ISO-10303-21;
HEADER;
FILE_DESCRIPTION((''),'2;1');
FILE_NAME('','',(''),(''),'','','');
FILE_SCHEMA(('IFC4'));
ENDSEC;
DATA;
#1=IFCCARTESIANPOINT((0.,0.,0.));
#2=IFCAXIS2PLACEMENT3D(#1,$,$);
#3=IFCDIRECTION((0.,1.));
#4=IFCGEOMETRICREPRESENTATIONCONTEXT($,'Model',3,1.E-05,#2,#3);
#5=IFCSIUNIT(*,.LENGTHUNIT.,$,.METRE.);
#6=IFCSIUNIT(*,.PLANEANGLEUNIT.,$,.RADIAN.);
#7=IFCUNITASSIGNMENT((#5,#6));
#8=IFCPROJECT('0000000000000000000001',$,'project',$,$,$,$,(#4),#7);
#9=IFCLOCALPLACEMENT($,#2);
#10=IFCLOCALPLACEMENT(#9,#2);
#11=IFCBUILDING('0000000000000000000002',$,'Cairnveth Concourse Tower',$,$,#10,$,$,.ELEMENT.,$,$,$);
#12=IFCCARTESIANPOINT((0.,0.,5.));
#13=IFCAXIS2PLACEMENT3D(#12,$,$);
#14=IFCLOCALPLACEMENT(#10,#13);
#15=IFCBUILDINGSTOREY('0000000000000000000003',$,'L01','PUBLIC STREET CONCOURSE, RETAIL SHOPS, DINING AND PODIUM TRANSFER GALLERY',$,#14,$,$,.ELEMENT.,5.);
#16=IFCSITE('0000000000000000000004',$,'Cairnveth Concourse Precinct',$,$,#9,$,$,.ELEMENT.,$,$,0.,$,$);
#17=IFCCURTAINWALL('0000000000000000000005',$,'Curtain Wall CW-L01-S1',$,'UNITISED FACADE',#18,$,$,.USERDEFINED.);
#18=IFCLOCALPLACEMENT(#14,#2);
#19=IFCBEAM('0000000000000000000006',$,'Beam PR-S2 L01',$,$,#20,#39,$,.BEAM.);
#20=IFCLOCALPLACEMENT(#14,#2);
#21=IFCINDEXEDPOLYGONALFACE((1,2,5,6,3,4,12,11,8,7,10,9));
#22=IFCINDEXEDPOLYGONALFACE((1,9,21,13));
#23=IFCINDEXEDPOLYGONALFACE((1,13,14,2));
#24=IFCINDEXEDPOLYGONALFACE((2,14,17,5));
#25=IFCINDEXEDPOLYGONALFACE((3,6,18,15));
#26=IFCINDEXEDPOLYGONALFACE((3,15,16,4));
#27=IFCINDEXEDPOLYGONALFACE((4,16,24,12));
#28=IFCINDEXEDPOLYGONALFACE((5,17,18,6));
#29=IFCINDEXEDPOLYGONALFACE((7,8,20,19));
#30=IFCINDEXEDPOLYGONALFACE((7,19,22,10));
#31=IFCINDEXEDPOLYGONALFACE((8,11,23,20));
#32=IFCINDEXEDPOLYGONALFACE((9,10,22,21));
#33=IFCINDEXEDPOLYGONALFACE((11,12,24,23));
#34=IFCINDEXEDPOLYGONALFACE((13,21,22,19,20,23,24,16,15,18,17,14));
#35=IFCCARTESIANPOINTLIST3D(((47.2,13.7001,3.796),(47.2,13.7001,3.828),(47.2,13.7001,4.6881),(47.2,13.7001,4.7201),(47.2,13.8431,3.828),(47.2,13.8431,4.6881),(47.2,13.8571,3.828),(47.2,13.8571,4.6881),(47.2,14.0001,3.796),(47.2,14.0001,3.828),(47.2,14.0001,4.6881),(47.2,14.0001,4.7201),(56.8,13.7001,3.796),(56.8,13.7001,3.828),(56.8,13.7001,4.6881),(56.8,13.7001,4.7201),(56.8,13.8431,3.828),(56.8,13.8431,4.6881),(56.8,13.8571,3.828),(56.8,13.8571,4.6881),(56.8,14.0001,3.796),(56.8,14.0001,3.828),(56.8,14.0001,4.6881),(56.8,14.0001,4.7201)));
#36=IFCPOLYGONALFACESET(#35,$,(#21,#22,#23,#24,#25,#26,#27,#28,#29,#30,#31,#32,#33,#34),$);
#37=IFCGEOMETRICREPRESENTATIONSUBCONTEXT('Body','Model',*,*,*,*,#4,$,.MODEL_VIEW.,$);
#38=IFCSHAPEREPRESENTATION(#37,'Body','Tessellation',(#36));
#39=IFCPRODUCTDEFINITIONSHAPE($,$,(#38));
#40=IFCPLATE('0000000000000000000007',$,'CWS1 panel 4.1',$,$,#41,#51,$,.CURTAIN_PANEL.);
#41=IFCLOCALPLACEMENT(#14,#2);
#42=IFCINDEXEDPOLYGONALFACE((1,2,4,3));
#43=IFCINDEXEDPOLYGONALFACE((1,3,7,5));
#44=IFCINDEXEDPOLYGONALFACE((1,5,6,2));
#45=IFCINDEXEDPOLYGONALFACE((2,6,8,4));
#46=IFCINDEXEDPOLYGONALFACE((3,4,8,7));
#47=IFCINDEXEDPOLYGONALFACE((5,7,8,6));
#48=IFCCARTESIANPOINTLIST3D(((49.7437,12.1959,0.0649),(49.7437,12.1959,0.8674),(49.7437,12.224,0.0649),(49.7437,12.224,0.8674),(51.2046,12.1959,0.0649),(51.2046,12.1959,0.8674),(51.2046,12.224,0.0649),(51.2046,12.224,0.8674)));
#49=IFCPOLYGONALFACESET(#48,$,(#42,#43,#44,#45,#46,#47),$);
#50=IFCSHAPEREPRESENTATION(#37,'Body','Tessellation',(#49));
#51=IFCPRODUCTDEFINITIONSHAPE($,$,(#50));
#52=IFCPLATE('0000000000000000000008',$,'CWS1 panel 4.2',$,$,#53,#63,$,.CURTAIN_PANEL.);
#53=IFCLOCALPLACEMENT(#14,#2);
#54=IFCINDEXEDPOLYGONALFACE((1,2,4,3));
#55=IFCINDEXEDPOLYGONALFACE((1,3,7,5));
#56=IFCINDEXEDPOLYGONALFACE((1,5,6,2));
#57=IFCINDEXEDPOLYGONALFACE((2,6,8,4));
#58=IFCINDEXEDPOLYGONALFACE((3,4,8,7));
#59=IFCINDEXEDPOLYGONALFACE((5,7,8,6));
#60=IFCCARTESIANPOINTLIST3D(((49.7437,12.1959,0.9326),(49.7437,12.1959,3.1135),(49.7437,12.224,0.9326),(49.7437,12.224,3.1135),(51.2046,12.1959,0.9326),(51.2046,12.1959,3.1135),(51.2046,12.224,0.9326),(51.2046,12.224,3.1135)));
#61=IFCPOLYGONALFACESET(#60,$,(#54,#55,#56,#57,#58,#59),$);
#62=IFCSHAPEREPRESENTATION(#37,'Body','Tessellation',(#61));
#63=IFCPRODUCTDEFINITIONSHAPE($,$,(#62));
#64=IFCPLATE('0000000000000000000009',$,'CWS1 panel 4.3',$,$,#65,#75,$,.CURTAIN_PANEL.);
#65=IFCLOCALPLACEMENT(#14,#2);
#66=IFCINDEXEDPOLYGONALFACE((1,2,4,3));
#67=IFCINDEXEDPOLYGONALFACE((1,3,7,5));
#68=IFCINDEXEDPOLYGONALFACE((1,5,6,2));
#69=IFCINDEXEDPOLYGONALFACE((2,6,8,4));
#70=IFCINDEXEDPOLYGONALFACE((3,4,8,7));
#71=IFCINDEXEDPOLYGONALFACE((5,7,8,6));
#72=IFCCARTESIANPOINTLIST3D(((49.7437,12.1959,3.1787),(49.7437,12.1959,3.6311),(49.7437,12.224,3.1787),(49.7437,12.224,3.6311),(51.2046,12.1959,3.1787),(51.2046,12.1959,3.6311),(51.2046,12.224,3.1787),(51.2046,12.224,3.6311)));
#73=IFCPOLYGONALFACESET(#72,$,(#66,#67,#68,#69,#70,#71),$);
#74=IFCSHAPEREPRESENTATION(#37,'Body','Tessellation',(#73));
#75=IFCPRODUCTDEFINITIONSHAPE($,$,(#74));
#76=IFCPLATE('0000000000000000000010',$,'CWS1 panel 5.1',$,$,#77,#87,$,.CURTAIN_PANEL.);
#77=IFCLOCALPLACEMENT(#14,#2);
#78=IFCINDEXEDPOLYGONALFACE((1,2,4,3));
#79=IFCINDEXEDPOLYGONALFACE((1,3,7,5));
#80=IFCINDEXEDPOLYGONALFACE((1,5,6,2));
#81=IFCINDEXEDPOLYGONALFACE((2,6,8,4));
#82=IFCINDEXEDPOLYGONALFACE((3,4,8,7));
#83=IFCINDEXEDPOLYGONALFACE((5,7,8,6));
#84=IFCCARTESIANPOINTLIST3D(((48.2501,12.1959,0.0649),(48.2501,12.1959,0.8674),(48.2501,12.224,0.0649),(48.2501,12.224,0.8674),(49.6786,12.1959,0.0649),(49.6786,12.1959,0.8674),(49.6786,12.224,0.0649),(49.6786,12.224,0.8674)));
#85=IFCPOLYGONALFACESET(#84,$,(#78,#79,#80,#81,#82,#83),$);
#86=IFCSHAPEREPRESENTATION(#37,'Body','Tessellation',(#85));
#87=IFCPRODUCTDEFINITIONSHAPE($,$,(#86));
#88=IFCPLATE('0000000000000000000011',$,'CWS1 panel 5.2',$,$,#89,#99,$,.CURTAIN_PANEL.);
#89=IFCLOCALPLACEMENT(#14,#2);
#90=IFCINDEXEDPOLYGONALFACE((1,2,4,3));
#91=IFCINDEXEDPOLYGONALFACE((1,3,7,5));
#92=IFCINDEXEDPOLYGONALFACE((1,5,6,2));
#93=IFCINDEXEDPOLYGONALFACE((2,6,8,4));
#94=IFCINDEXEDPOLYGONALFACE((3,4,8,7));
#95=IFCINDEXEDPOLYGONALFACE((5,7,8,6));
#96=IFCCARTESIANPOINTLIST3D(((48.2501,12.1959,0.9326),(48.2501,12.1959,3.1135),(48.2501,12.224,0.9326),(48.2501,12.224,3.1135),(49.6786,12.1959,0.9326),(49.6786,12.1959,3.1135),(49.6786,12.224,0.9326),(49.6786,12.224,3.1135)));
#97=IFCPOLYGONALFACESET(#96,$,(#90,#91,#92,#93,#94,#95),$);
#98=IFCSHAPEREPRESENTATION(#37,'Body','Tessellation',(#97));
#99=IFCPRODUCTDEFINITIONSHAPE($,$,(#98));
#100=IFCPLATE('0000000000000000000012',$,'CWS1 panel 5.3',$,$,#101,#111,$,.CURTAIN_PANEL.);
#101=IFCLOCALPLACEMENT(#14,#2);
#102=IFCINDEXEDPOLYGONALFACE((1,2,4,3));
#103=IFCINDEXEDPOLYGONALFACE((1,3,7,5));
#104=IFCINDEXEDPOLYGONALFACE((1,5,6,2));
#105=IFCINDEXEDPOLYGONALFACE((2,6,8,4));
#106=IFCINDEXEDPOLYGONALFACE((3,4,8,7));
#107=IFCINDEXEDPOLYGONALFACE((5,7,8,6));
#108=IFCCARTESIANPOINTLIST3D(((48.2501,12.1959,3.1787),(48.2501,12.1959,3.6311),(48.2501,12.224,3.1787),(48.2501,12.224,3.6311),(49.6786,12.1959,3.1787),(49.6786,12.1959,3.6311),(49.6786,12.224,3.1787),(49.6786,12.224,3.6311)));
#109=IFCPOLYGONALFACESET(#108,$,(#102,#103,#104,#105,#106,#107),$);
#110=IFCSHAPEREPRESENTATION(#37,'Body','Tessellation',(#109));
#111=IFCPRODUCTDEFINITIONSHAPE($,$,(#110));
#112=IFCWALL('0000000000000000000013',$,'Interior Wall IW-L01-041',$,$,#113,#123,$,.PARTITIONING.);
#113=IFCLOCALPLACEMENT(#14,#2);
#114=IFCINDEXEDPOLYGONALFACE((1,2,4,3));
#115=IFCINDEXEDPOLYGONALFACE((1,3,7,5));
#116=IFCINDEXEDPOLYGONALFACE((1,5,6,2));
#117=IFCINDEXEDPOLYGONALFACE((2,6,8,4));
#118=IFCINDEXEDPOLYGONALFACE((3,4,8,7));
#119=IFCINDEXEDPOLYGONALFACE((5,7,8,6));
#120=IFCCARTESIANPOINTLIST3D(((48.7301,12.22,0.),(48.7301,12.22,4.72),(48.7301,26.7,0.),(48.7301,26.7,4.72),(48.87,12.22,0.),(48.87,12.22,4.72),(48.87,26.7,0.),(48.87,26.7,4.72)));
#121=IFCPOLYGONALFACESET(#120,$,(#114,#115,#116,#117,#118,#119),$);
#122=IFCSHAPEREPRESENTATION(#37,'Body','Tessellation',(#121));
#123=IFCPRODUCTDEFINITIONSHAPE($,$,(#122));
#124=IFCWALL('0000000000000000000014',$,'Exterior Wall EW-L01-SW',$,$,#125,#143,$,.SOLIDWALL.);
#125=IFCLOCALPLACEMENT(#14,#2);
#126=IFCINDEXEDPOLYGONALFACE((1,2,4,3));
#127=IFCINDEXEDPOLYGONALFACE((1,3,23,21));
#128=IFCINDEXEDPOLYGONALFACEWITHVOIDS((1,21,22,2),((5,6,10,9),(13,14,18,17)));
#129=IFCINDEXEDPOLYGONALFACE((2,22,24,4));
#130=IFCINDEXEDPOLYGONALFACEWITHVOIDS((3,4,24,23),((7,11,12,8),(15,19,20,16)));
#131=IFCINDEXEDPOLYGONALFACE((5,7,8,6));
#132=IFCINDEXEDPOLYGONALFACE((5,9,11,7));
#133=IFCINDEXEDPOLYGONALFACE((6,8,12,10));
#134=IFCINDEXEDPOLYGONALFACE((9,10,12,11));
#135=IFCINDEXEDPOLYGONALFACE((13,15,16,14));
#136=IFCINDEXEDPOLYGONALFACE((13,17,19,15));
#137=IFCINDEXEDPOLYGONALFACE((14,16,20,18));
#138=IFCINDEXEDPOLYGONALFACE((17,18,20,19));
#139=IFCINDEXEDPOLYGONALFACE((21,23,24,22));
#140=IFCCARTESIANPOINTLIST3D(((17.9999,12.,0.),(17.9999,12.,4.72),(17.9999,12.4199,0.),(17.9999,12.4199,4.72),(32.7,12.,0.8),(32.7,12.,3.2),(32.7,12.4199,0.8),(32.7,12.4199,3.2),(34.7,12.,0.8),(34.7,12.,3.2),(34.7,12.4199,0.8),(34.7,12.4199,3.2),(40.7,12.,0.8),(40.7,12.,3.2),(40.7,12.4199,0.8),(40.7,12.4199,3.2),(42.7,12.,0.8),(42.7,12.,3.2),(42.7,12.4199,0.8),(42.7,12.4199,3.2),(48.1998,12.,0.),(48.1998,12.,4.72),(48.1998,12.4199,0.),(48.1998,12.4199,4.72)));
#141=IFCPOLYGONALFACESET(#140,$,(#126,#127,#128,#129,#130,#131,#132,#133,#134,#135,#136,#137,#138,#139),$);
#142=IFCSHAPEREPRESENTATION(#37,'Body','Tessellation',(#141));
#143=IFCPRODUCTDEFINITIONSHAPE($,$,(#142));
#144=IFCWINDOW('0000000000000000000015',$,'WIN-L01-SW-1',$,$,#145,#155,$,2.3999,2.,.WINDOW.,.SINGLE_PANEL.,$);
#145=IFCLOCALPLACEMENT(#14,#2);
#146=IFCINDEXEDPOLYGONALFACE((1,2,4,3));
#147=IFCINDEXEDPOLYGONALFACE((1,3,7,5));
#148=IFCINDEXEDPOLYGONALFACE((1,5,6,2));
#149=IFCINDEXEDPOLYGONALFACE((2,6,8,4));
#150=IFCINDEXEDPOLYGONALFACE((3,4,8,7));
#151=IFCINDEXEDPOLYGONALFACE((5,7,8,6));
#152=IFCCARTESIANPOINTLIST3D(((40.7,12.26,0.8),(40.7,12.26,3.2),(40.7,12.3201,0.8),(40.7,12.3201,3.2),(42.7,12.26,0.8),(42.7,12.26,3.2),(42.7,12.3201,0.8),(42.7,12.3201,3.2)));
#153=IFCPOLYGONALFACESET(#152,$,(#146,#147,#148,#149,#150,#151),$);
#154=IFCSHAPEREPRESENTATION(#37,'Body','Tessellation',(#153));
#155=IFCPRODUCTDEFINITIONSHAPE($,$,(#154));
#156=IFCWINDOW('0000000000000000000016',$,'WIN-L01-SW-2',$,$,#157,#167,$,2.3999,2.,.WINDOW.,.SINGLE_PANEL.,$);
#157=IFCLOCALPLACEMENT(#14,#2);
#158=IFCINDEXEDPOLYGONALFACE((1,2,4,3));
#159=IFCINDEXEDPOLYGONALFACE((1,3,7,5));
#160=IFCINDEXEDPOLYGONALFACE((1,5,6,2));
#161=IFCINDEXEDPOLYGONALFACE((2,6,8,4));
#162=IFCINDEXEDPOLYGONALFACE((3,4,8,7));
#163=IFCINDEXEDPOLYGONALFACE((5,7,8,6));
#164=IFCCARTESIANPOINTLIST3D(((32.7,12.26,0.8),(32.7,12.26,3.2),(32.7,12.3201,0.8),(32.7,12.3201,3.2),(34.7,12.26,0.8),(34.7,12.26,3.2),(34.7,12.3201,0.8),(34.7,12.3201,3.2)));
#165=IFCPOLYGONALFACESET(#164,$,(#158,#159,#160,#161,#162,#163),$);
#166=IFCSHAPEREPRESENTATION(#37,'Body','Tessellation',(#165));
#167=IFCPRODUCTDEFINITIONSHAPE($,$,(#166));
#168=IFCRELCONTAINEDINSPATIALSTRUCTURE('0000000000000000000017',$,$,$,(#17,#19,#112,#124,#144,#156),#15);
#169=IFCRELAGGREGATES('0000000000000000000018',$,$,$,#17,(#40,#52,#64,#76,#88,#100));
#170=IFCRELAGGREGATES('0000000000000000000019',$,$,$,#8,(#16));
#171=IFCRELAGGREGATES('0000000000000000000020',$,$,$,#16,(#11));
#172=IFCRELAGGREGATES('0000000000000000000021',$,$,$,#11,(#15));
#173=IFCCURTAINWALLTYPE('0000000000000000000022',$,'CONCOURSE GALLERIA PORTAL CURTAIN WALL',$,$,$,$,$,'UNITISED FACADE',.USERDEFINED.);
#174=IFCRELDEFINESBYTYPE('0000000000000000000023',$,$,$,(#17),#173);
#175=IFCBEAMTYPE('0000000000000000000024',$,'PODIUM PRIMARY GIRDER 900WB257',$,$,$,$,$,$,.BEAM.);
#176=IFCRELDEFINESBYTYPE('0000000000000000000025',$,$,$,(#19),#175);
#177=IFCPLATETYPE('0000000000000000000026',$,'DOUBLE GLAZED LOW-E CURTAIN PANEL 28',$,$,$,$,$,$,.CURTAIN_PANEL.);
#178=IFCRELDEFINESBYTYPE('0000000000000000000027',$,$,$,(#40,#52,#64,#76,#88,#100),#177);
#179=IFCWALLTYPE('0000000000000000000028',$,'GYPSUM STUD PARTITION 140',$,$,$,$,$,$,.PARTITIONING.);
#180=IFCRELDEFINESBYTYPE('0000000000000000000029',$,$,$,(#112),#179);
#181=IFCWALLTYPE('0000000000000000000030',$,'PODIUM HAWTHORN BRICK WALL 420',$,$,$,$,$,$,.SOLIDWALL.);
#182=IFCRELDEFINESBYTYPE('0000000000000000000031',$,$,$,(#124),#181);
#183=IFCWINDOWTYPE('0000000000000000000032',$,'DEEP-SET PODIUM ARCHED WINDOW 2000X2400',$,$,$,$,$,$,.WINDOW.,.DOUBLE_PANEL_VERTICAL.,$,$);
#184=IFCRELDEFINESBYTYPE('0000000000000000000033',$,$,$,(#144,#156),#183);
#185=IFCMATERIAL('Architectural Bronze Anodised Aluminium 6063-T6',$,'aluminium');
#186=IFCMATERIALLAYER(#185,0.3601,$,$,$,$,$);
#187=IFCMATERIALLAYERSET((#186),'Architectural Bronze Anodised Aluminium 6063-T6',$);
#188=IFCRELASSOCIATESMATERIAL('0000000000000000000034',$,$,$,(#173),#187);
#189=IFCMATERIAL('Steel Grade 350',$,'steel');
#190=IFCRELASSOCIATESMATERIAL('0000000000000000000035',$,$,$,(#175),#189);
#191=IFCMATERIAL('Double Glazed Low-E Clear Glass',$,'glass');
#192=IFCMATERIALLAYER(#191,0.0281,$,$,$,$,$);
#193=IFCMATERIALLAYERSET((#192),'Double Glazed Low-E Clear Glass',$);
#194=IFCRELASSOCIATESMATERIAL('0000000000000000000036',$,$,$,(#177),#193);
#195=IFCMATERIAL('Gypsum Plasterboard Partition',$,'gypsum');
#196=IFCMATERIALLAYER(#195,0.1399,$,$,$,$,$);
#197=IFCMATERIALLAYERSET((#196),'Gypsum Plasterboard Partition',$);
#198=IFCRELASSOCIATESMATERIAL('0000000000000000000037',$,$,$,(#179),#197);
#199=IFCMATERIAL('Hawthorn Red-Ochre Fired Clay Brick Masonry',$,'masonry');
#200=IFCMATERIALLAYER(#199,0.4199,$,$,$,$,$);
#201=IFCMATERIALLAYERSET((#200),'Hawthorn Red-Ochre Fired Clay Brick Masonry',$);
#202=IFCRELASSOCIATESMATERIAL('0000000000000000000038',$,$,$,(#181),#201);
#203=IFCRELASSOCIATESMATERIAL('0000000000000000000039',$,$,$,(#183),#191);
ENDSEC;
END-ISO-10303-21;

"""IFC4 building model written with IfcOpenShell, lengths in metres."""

from ifc_helpers import new_model, si_unit, direction, frame, frame_2d, origin, origin_2d, place, context, subcontext, project, spatial, rectangle, i_section, extrude, material, layer, layer_set, material_profile, profile_set, type_object, element, fill, aggregate, save


model = new_model("IFC4")

# Units and contexts
model_context = context("Model", 3, precision=1e-05, world=origin(), true_north=direction((0.0, 1.0)))
body_context = subcontext(model_context, "Body", "Model", "MODEL_VIEW")
ifc_project = project(units=[si_unit("LENGTHUNIT", "METRE"), si_unit("PLANEANGLEUNIT", "RADIAN")], contexts=[model_context])

# Site, building, storey
site_placement = place(None, origin())
site = spatial("IfcSite", under=ifc_project, at=site_placement, Name="Cairnveth Concourse Precinct", CompositionType="ELEMENT", RefElevation=0.0)
building_placement = place(site_placement, origin())
building = spatial("IfcBuilding", under=site, at=building_placement, Name="Cairnveth Concourse Tower", CompositionType="ELEMENT")
storey_placement = place(building_placement, frame((0.0, 0.0, 5.0)))
storey = spatial("IfcBuildingStorey", under=building, at=storey_placement, Name="L01", Description="PUBLIC STREET CONCOURSE, RETAIL SHOPS, DINING AND PODIUM TRANSFER GALLERY", CompositionType="ELEMENT", Elevation=5.0)

# Curtain wall
ifc_material_1 = material(Name="Architectural Bronze Anodised Aluminium 6063-T6", Category="aluminium")
ifc_layer_1 = layer(ifc_material_1, 0.3601)
ifc_layer_set_1 = layer_set([ifc_layer_1], Name="Architectural Bronze Anodised Aluminium 6063-T6")
curtain_wall_type = type_object("IfcCurtainWallType", Name="CONCOURSE GALLERIA PORTAL CURTAIN WALL", ElementType="UNITISED FACADE", PredefinedType="USERDEFINED", material=ifc_layer_set_1)
curtain_wall_placement = place(storey_placement, origin())
curtain_wall = element("IfcCurtainWall", 1, at=curtain_wall_placement, inside=storey, type_object=curtain_wall_type, Name="Curtain Wall CW-L01-S1", ObjectType="UNITISED FACADE", PredefinedType="USERDEFINED")

# Beam
ifc_material_2 = material(Name="Steel Grade 350", Category="steel")
ifc_material_profile_1 = material_profile(ifc_material_2, i_section(OverallWidth=0.3, OverallDepth=0.9241, WebThickness=0.0139, FlangeThickness=0.032, at=origin_2d()), Name="900WB257")
ifc_profile_set_1 = profile_set([ifc_material_profile_1], Name="Steel Grade 350")
beam_type_1 = type_object("IfcBeamType", Name="PODIUM PRIMARY GIRDER 900WB257", PredefinedType="BEAM", material=ifc_profile_set_1)
beam_1_placement = place(storey_placement, frame((47.2, 13.8501, 4.2581), z_axis=(1.0, 0.0, 0.0), x_axis=(0.0, 1.0, 0.0)))
element("IfcBeam", 2, at=beam_1_placement, inside=storey, type_object=beam_type_1, Name="Beam PR-S2 L01", PredefinedType="BEAM", context=body_context, shape_type="SweptSolid", body=[
    extrude(i_section(OverallWidth=0.3, OverallDepth=0.9241, WebThickness=0.0139, FlangeThickness=0.032, at=origin_2d()), origin(), (0.0, 0.0, 1.0), 9.6001),
])

# Plates
ifc_material_3 = material(Name="Double Glazed Low-E Clear Glass", Category="glass")
ifc_layer_2 = layer(ifc_material_3, 0.0281)
ifc_layer_set_2 = layer_set([ifc_layer_2], Name="Double Glazed Low-E Clear Glass")
plate_type = type_object("IfcPlateType", Name="DOUBLE GLAZED LOW-E CURTAIN PANEL 28", PredefinedType="CURTAIN_PANEL", material=ifc_layer_set_2)
plate_1_placement = place(storey_placement, frame((50.4741, 12.21, 0.0649), z_axis=(0.0, 0.0, 1.0), x_axis=(-1.0, 0.0, 0.0)))
plate_1 = element("IfcPlate", 3, at=plate_1_placement, type_object=plate_type, Name="CWS1 panel 4.1", PredefinedType="CURTAIN_PANEL", context=body_context, shape_type="SweptSolid", body=[
    extrude(rectangle(XDim=1.4609, YDim=0.0281, at=origin_2d()), origin(), (0.0, 0.0, 1.0), 0.8025),
])
plate_2_placement = place(storey_placement, frame((50.4741, 12.21, 0.9326), z_axis=(0.0, 0.0, 1.0), x_axis=(-1.0, 0.0, 0.0)))
plate_2 = element("IfcPlate", 4, at=plate_2_placement, type_object=plate_type, Name="CWS1 panel 4.2", PredefinedType="CURTAIN_PANEL", context=body_context, shape_type="SweptSolid", body=[
    extrude(rectangle(XDim=1.4609, YDim=0.0281, at=origin_2d()), origin(), (0.0, 0.0, 1.0), 2.1809),
])
plate_3_placement = place(storey_placement, frame((50.4741, 12.21, 3.1787), z_axis=(0.0, 0.0, 1.0), x_axis=(-1.0, 0.0, 0.0)))
plate_3 = element("IfcPlate", 5, at=plate_3_placement, type_object=plate_type, Name="CWS1 panel 4.3", PredefinedType="CURTAIN_PANEL", context=body_context, shape_type="SweptSolid", body=[
    extrude(rectangle(XDim=1.4609, YDim=0.0281, at=origin_2d()), origin(), (0.0, 0.0, 1.0), 0.4524),
])
plate_4_placement = place(storey_placement, frame((48.9644, 12.21, 0.0649), z_axis=(0.0, 0.0, 1.0), x_axis=(-1.0, 0.0, 0.0)))
plate_4 = element("IfcPlate", 6, at=plate_4_placement, type_object=plate_type, Name="CWS1 panel 5.1", PredefinedType="CURTAIN_PANEL", context=body_context, shape_type="SweptSolid", body=[
    extrude(rectangle(XDim=1.4285, YDim=0.0281, at=origin_2d()), origin(), (0.0, 0.0, 1.0), 0.8025),
])
plate_5_placement = place(storey_placement, frame((48.9644, 12.21, 0.9326), z_axis=(0.0, 0.0, 1.0), x_axis=(-1.0, 0.0, 0.0)))
plate_5 = element("IfcPlate", 7, at=plate_5_placement, type_object=plate_type, Name="CWS1 panel 5.2", PredefinedType="CURTAIN_PANEL", context=body_context, shape_type="SweptSolid", body=[
    extrude(rectangle(XDim=1.4285, YDim=0.0281, at=origin_2d()), origin(), (0.0, 0.0, 1.0), 2.1809),
])
plate_6_placement = place(storey_placement, frame((48.9644, 12.21, 3.1787), z_axis=(0.0, 0.0, 1.0), x_axis=(-1.0, 0.0, 0.0)))
plate_6 = element("IfcPlate", 8, at=plate_6_placement, type_object=plate_type, Name="CWS1 panel 5.3", PredefinedType="CURTAIN_PANEL", context=body_context, shape_type="SweptSolid", body=[
    extrude(rectangle(XDim=1.4285, YDim=0.0281, at=origin_2d()), origin(), (0.0, 0.0, 1.0), 0.4524),
])
aggregate(curtain_wall, [plate_1, plate_2, plate_3, plate_4, plate_5, plate_6])

# Wall
ifc_material_4 = material(Name="Gypsum Plasterboard Partition", Category="gypsum")
ifc_layer_3 = layer(ifc_material_4, 0.1399)
ifc_layer_set_3 = layer_set([ifc_layer_3], Name="Gypsum Plasterboard Partition")
wall_type_1 = type_object("IfcWallType", Name="GYPSUM STUD PARTITION 140", PredefinedType="PARTITIONING", material=ifc_layer_set_3)
wall_1_placement = place(storey_placement, frame((48.8, 12.22, 0.0), z_axis=(0.0, 0.0, 1.0), x_axis=(0.0, 1.0, 0.0)))
element("IfcWall", 9, at=wall_1_placement, inside=storey, type_object=wall_type_1, Name="Interior Wall IW-L01-041", PredefinedType="PARTITIONING", context=body_context, shape_type="SweptSolid", body=[
    extrude(rectangle(XDim=14.48, YDim=0.1399, at=frame_2d((7.24, 0.0))), origin(), (0.0, 0.0, 1.0), 4.72),
])

# Wall, openings, windows
ifc_material_5 = material(Name="Hawthorn Red-Ochre Fired Clay Brick Masonry", Category="masonry")
ifc_layer_4 = layer(ifc_material_5, 0.4199)
ifc_layer_set_4 = layer_set([ifc_layer_4], Name="Hawthorn Red-Ochre Fired Clay Brick Masonry")
wall_type_2 = type_object("IfcWallType", Name="PODIUM HAWTHORN BRICK WALL 420", PredefinedType="SOLIDWALL", material=ifc_layer_set_4)
wall_2_placement = place(storey_placement, frame((48.2, 12.21, 0.0), z_axis=(0.0, 0.0, 1.0), x_axis=(-1.0, 0.0, 0.0)))
wall_2 = element("IfcWall", 10, at=wall_2_placement, inside=storey, type_object=wall_type_2, Name="Exterior Wall EW-L01-SW", PredefinedType="SOLIDWALL", context=body_context, shape_type="SweptSolid", body=[
    extrude(rectangle(XDim=30.2, YDim=0.4199, at=frame_2d((15.1001, 0.0))), origin(), (0.0, 0.0, 1.0), 4.72),
])
opening_1_placement = place(wall_2_placement, frame((5.5, 0.0, 0.8)))
opening_1 = element("IfcOpeningElement", 11, at=opening_1_placement, cuts=wall_2, PredefinedType="OPENING", context=body_context, shape_type="SweptSolid", body=[
    extrude(rectangle(XDim=2.0, YDim=2.3999, at=frame_2d((1.0, 1.2))), frame((0.0, 0.22, 0.0), z_axis=(0.0, -1.0, 0.0), x_axis=(1.0, 0.0, 0.0)), (0.0, 0.0, 1.0), 0.4399),
])
opening_2_placement = place(wall_2_placement, frame((13.5, 0.0, 0.8)))
opening_2 = element("IfcOpeningElement", 12, at=opening_2_placement, cuts=wall_2, PredefinedType="OPENING", context=body_context, shape_type="SweptSolid", body=[
    extrude(rectangle(XDim=2.0, YDim=2.3999, at=frame_2d((1.0, 1.2))), frame((0.0, 0.22, 0.0), z_axis=(0.0, -1.0, 0.0), x_axis=(1.0, 0.0, 0.0)), (0.0, 0.0, 1.0), 0.4399),
])
window_type = type_object("IfcWindowType", Name="DEEP-SET PODIUM ARCHED WINDOW 2000X2400", PartitioningType="DOUBLE_PANEL_VERTICAL", PredefinedType="WINDOW", material=ifc_material_3)
window_1_placement = place(opening_1_placement, origin())
window_1 = element("IfcWindow", 13, at=window_1_placement, inside=storey, type_object=window_type, Name="WIN-L01-SW-1", OverallHeight=2.3999, OverallWidth=2.0, PartitioningType="SINGLE_PANEL", PredefinedType="WINDOW", context=body_context, shape_type="SweptSolid", body=[
    extrude(rectangle(XDim=2.0, YDim=2.3999, at=frame_2d((1.0, 1.2))), frame((0.0, -0.05, 0.0), z_axis=(0.0, -1.0, 0.0), x_axis=(1.0, 0.0, 0.0)), (0.0, 0.0, 1.0), 0.0601),
])
fill(opening_1, window_1)
window_2_placement = place(opening_2_placement, origin())
window_2 = element("IfcWindow", 14, at=window_2_placement, inside=storey, type_object=window_type, Name="WIN-L01-SW-2", OverallHeight=2.3999, OverallWidth=2.0, PartitioningType="SINGLE_PANEL", PredefinedType="WINDOW", context=body_context, shape_type="SweptSolid", body=[
    extrude(rectangle(XDim=2.0, YDim=2.3999, at=frame_2d((1.0, 1.2))), frame((0.0, -0.05, 0.0), z_axis=(0.0, -1.0, 0.0), x_axis=(1.0, 0.0, 0.0)), (0.0, 0.0, 1.0), 0.0601),
])
fill(opening_2, window_2)

save(model, "model.ifc")
